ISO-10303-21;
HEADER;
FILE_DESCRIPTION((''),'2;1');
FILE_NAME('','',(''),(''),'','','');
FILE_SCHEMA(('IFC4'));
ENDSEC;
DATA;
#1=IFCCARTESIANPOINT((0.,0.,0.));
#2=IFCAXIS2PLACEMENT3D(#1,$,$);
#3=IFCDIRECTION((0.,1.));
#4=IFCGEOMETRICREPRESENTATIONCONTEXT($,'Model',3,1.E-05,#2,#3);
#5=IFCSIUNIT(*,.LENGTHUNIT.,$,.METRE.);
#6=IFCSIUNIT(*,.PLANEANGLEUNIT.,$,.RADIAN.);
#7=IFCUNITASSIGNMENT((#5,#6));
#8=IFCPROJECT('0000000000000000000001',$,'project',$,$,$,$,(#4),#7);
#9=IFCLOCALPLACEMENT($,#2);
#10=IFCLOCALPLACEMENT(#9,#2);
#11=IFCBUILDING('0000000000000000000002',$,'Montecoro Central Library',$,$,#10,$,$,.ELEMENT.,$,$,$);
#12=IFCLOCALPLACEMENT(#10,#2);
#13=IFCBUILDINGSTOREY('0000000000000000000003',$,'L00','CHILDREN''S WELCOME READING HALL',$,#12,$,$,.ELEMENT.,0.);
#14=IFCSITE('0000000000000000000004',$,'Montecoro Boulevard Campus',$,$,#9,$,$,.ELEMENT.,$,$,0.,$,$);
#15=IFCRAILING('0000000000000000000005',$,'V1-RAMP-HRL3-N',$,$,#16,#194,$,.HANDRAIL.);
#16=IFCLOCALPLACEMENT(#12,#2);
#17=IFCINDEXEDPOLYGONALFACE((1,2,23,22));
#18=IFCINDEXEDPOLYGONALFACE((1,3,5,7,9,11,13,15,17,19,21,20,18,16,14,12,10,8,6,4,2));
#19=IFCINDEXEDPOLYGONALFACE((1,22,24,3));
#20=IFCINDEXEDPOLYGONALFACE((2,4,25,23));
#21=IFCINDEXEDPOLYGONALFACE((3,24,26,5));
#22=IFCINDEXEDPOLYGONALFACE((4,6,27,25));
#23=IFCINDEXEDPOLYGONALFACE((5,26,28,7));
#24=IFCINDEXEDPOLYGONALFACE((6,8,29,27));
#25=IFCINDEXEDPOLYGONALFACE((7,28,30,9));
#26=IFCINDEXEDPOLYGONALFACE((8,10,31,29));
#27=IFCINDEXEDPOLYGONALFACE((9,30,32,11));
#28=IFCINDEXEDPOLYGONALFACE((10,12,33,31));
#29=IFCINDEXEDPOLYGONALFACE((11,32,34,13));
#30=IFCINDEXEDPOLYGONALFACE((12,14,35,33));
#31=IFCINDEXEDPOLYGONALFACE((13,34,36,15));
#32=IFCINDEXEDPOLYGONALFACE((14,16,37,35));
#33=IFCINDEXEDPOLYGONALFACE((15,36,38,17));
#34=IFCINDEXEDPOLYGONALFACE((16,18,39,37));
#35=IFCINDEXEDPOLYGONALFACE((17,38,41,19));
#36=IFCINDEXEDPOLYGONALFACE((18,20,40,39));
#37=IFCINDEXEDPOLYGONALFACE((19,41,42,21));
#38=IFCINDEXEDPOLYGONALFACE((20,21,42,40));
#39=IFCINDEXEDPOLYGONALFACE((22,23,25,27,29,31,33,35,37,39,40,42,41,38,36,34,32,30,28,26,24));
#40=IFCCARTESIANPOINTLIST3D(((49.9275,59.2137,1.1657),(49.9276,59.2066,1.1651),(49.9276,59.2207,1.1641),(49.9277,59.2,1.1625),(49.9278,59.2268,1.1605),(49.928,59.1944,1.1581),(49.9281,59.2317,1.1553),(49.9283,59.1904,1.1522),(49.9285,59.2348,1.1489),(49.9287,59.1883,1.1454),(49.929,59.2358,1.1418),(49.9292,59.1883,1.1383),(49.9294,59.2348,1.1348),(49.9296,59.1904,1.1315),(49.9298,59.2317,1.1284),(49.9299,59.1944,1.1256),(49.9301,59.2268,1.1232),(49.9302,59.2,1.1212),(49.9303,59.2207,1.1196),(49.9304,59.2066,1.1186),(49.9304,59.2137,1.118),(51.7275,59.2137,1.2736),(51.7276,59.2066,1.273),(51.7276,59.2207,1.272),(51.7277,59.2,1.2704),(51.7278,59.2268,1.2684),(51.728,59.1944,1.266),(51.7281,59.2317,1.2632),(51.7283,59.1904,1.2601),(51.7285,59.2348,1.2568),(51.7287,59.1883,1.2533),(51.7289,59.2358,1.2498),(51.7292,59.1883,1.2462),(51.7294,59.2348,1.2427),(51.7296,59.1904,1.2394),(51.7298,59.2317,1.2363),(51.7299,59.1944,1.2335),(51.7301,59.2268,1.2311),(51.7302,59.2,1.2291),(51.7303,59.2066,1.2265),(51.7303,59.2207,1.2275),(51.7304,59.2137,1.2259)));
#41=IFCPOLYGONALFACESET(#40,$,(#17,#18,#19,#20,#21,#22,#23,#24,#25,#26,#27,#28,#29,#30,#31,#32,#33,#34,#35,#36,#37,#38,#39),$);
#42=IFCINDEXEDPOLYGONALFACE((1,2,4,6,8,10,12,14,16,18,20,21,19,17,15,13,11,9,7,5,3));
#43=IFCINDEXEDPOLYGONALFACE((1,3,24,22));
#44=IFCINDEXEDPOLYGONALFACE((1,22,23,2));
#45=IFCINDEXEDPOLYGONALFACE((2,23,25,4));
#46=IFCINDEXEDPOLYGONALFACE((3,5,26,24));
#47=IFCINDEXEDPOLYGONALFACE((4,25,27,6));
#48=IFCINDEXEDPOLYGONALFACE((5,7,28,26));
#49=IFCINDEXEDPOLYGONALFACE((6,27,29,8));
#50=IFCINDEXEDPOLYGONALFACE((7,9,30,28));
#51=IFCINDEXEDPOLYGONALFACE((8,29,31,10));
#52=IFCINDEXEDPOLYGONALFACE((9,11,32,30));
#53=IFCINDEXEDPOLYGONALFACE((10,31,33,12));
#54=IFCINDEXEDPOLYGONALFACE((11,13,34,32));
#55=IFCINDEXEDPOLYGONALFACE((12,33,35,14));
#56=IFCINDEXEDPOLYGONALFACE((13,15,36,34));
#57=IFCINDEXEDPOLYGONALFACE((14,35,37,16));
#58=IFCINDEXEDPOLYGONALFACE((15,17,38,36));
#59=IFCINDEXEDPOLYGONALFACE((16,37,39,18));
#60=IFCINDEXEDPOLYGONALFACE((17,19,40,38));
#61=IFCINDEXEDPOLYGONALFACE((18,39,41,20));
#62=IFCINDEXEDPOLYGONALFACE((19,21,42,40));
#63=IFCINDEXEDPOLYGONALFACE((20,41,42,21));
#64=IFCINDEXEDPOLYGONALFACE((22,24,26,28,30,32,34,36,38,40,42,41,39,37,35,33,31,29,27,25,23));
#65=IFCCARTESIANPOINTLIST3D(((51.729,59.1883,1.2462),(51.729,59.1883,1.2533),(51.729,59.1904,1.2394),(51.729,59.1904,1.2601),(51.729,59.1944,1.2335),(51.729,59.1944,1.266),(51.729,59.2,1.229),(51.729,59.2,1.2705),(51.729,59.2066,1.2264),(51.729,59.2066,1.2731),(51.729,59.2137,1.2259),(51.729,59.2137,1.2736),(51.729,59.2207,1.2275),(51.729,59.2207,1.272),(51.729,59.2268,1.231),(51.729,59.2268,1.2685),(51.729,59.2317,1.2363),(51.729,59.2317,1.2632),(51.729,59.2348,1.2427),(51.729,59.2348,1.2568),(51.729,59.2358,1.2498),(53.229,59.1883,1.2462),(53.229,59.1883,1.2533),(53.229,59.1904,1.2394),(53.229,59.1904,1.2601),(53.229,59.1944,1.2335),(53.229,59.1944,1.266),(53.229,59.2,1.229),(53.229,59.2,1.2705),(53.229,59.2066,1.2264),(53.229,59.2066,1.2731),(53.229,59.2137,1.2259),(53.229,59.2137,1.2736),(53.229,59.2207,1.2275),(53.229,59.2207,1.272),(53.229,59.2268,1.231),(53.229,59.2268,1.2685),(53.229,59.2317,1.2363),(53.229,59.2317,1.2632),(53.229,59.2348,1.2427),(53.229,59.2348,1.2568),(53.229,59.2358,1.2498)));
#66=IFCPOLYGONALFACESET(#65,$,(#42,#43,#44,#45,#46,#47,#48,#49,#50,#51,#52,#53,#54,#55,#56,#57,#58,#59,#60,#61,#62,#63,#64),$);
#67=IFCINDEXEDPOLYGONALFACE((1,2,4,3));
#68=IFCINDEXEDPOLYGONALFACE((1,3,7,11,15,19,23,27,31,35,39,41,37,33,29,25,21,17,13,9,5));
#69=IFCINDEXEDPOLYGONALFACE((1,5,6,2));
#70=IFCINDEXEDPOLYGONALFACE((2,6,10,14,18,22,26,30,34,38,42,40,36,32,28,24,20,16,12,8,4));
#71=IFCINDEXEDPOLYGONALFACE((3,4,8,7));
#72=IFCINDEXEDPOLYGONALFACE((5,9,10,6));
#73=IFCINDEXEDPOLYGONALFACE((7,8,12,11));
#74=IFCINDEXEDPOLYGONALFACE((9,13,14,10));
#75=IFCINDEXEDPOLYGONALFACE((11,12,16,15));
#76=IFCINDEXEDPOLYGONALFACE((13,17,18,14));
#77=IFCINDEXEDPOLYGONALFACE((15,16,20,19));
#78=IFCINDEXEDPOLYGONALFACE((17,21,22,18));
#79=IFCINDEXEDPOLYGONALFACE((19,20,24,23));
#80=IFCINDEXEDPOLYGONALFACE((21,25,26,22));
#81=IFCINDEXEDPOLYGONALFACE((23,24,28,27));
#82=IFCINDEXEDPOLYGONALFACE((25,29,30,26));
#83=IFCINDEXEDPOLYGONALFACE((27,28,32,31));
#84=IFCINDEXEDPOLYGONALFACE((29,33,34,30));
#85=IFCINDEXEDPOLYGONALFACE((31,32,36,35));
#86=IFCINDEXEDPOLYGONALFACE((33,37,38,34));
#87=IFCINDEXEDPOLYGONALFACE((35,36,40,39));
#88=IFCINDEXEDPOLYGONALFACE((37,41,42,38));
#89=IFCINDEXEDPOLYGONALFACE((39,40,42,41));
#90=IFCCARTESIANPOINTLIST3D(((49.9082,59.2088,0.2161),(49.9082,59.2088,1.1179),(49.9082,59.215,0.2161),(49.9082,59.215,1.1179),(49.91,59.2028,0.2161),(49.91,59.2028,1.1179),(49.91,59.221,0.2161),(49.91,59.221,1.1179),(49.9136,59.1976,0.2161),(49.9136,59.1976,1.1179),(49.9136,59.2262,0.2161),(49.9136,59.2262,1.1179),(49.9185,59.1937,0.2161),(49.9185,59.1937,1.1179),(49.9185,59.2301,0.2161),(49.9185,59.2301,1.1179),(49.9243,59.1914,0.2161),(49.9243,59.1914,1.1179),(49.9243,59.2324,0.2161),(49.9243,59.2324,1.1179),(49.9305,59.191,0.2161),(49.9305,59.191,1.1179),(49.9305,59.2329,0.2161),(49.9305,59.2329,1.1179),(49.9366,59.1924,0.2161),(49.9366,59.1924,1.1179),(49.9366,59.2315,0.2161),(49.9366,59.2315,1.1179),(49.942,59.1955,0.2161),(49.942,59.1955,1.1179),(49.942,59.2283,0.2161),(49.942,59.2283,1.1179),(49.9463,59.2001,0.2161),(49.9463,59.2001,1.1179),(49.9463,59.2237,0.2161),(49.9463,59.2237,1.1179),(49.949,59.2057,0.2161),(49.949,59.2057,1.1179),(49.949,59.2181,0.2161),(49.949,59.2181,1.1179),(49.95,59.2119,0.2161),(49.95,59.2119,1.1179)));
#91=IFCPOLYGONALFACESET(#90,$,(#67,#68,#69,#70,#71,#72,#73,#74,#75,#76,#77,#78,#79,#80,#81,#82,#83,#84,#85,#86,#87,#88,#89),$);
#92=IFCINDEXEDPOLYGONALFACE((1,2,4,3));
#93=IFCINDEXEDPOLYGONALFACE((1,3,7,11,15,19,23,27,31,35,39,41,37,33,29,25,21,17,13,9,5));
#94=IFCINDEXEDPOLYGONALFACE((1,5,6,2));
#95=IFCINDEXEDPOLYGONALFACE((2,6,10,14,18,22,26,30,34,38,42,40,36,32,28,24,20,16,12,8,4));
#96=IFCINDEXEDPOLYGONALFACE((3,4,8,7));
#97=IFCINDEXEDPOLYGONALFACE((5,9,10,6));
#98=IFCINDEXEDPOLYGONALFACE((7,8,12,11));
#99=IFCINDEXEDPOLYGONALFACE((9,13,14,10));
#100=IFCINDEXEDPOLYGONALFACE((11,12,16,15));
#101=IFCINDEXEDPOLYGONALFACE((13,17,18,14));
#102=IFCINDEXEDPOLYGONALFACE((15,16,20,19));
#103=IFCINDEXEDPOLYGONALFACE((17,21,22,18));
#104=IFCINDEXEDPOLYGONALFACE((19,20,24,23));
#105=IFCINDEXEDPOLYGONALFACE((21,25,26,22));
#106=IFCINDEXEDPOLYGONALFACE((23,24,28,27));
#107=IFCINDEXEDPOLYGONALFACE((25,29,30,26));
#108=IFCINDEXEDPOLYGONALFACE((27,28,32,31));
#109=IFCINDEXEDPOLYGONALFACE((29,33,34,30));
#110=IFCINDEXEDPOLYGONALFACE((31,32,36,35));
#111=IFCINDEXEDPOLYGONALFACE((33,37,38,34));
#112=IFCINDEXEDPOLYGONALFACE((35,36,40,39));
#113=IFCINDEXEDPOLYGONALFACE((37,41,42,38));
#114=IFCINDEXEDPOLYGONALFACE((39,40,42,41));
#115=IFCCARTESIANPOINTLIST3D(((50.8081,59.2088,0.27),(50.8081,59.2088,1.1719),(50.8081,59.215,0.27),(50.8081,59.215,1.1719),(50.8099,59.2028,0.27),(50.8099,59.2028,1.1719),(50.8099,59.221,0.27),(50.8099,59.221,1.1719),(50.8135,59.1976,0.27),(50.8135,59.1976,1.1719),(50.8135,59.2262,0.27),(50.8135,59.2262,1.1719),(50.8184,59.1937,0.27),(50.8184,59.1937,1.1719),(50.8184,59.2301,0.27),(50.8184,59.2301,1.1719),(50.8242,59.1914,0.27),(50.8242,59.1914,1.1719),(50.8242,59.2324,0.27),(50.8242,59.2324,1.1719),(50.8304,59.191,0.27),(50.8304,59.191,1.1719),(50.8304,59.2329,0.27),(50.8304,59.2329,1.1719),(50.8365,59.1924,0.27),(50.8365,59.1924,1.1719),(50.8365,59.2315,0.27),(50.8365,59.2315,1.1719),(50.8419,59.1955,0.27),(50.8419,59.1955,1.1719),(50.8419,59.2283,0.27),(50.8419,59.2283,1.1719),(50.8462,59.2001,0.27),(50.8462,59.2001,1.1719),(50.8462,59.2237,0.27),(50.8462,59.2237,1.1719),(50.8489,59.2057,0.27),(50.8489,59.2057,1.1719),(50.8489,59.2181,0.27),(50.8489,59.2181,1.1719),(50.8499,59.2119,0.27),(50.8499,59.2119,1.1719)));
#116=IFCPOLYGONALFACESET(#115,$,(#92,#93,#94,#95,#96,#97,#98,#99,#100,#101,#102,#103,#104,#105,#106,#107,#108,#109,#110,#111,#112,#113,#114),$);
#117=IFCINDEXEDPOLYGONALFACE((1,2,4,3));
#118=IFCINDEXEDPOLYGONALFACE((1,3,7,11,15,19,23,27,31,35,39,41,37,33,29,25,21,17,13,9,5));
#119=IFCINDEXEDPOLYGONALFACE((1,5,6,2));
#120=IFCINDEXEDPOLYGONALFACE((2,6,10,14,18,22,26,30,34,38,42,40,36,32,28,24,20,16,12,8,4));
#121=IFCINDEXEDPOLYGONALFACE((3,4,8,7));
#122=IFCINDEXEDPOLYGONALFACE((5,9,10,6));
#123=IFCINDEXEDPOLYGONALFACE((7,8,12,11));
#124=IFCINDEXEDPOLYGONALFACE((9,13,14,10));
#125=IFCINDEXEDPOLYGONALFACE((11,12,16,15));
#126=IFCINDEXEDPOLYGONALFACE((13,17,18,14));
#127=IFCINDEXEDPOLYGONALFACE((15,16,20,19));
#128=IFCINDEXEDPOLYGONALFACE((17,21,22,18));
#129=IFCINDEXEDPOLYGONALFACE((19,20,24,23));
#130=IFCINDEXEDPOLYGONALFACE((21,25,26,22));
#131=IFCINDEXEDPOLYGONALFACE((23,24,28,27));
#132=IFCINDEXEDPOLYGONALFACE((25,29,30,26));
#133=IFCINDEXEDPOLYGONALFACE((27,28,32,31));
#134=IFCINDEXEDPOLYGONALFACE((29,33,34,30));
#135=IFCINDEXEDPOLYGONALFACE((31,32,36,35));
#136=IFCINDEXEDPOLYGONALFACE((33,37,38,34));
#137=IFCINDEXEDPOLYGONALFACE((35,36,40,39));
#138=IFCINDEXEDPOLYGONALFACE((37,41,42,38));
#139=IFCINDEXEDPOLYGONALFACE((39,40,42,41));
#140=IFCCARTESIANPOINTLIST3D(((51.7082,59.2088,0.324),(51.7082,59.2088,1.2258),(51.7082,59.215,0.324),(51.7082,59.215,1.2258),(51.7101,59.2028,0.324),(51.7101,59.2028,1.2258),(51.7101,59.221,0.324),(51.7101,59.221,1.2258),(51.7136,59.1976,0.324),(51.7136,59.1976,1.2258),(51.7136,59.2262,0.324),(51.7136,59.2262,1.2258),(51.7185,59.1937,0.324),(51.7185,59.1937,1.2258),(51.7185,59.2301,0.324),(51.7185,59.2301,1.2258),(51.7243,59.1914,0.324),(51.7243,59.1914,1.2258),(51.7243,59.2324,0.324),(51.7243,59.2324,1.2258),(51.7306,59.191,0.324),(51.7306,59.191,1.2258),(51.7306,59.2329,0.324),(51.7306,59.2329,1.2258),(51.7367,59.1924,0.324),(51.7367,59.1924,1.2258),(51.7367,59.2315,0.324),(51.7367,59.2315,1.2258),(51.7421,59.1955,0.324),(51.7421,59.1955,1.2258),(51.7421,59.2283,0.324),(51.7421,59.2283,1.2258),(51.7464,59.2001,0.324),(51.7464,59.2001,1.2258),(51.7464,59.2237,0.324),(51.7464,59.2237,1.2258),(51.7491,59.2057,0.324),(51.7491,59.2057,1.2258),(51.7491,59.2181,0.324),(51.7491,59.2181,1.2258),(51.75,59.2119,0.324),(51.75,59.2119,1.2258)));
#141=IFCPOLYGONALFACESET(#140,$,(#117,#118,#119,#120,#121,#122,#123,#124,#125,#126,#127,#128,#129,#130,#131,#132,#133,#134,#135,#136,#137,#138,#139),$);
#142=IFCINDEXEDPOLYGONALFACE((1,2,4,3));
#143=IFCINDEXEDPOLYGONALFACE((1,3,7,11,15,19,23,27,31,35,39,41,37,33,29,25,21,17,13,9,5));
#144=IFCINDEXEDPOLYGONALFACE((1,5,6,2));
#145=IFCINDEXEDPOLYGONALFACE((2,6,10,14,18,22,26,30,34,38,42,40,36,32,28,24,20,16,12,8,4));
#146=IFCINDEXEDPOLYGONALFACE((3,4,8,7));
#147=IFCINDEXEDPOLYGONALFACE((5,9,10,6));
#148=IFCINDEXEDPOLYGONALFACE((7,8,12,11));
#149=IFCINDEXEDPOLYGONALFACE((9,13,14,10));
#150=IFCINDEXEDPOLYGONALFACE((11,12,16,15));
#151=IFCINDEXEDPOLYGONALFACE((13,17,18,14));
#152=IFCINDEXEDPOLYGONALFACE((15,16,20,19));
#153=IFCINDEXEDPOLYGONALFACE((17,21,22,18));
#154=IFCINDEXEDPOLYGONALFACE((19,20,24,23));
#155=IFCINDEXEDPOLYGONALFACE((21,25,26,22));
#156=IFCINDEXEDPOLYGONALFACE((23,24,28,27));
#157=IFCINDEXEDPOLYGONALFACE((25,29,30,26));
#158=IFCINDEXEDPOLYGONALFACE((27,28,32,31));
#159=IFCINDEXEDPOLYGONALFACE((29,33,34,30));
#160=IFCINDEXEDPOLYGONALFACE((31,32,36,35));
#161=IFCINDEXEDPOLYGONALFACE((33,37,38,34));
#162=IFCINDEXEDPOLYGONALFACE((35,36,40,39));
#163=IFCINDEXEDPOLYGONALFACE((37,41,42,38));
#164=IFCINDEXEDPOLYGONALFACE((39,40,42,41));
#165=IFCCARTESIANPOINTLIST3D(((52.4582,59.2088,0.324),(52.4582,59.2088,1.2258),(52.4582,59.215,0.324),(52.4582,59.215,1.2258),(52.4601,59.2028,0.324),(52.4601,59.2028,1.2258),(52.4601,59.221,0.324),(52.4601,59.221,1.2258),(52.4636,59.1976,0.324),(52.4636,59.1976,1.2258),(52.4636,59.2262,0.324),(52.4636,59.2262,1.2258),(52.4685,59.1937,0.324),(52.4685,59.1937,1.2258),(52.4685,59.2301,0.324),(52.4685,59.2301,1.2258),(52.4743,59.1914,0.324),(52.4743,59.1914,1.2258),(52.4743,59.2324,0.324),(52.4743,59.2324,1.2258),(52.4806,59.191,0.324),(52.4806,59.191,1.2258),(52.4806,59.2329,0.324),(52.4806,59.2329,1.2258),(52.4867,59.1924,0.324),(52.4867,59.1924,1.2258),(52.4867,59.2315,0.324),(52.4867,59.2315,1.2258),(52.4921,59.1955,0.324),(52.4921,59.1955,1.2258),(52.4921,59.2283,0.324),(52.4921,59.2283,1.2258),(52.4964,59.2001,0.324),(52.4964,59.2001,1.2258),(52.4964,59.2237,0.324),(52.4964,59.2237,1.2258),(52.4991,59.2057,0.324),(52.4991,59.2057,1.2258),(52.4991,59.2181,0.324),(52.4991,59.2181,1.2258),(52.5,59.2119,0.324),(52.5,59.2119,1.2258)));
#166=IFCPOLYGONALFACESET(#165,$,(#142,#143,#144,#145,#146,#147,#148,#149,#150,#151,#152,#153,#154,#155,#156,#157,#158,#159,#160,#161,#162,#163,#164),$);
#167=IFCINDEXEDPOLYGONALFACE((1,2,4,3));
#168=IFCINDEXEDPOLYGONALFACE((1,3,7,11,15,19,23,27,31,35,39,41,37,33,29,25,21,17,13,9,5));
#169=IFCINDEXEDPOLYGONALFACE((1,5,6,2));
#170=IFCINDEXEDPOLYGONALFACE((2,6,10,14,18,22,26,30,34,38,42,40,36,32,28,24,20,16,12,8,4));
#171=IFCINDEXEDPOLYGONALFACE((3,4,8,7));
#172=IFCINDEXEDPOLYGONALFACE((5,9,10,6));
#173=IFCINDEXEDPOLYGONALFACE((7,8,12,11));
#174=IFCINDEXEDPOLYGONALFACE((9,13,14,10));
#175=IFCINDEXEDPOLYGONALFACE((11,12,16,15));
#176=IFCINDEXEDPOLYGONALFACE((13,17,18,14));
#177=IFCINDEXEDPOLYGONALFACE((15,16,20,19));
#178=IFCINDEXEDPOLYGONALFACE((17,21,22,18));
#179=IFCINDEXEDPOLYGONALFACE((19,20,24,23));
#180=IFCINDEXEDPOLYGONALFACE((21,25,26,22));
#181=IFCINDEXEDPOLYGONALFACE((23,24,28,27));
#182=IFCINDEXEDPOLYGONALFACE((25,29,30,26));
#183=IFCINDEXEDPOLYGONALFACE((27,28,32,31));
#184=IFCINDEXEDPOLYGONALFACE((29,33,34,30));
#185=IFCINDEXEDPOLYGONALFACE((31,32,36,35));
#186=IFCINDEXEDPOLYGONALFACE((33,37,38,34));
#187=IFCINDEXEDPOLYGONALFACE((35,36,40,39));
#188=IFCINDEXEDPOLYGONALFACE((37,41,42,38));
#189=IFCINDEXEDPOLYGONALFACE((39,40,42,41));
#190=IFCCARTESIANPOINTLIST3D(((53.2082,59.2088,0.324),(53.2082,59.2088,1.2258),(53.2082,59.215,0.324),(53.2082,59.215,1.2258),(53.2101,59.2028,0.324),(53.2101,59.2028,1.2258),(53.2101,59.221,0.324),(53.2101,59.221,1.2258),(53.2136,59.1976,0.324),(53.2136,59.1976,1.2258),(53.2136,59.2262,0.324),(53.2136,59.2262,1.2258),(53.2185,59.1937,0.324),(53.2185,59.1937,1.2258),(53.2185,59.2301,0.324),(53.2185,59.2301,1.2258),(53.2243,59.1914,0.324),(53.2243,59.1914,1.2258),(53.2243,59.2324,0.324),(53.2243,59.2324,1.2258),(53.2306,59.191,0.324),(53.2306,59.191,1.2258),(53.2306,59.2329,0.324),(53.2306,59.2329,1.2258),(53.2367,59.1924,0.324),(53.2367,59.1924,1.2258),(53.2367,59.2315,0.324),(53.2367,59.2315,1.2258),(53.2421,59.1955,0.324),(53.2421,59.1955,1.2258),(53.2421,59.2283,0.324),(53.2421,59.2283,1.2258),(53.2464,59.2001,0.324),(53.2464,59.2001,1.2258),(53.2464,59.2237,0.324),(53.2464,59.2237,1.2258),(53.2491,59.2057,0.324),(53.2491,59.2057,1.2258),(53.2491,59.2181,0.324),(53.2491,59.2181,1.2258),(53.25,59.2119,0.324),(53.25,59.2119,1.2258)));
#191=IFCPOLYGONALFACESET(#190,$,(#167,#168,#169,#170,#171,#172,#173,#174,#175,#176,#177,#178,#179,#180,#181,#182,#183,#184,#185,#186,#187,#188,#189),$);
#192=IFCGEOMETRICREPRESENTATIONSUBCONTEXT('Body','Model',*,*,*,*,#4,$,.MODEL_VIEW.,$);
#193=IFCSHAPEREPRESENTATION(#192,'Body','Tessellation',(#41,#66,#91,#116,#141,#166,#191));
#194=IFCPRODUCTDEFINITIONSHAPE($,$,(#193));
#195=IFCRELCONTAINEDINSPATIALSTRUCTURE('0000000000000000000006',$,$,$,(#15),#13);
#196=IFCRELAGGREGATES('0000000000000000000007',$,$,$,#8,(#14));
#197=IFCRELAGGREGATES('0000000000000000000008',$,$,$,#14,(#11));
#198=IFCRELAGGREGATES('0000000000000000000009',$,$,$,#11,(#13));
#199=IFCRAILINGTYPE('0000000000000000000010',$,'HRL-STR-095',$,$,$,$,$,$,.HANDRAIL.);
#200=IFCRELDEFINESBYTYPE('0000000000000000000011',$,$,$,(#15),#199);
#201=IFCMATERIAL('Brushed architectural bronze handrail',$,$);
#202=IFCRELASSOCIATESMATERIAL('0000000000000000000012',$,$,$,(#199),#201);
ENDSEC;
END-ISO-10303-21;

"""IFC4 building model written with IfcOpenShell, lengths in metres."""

from ifc_helpers import new_model, si_unit, direction, frame, origin, origin_2d, place, context, subcontext, project, spatial, circle, extrude, material, type_object, element, save


model = new_model("IFC4")

# Units and contexts
model_context = context("Model", 3, precision=1e-05, world=origin(), true_north=direction((0.0, 1.0)))
body_context = subcontext(model_context, "Body", "Model", "MODEL_VIEW")
ifc_project = project(units=[si_unit("LENGTHUNIT", "METRE"), si_unit("PLANEANGLEUNIT", "RADIAN")], contexts=[model_context])

# Site, building, storey
site_placement = place(None, origin())
site = spatial("IfcSite", under=ifc_project, at=site_placement, Name="Montecoro Boulevard Campus", CompositionType="ELEMENT", RefElevation=0.0)
building_placement = place(site_placement, origin())
building = spatial("IfcBuilding", under=site, at=building_placement, Name="Montecoro Central Library", CompositionType="ELEMENT")
storey_placement = place(building_placement, origin())
storey = spatial("IfcBuildingStorey", under=building, at=storey_placement, Name="L00", Description="CHILDREN'S WELCOME READING HALL", CompositionType="ELEMENT", Elevation=0.0)

# Railing
ifc_material_1 = material(Name="Brushed architectural bronze handrail")
railing_type = type_object("IfcRailingType", Name="HRL-STR-095", PredefinedType="HANDRAIL", material=ifc_material_1)
for number, where, name in (
    (1, (49.929, 59.2119, 0.2161), "V1-RAMP-HRL3-N"),
):
    element("IfcRailing", number, at=place(storey_placement, frame(where)), inside=storey, type_object=railing_type, Name=name, PredefinedType="HANDRAIL", context=body_context, shape_type="SweptSolid", body=[
        extrude(circle(Radius=0.0239, at=origin_2d()), frame((0.0, 0.0, 0.9258), z_axis=(0.998208, 0.0, 0.059841), x_axis=(0.0, 1.0, 0.0)), (0.0, 0.0, 1.0), 1.8032),
        extrude(circle(Radius=0.0239, at=origin_2d()), frame((1.8, 0.0, 1.0337), z_axis=(1.0, 0.0, 0.0), x_axis=(0.0, 1.0, 0.0)), (0.0, 0.0, 1.0), 1.5),
        extrude(circle(Radius=0.021, at=origin_2d()), origin(), (0.0, 0.0, 1.0), 0.9019),
        extrude(circle(Radius=0.021, at=origin_2d()), frame((0.8999, 0.0, 0.054)), (0.0, 0.0, 1.0), 0.9019),
        extrude(circle(Radius=0.021, at=origin_2d()), frame((1.8, 0.0, 0.1079)), (0.0, 0.0, 1.0), 0.9019),
        extrude(circle(Radius=0.021, at=origin_2d()), frame((2.55, 0.0, 0.1079)), (0.0, 0.0, 1.0), 0.9019),
        extrude(circle(Radius=0.021, at=origin_2d()), frame((3.3, 0.0, 0.1079)), (0.0, 0.0, 1.0), 0.9019),
    ])

save(model, "model.ifc")
